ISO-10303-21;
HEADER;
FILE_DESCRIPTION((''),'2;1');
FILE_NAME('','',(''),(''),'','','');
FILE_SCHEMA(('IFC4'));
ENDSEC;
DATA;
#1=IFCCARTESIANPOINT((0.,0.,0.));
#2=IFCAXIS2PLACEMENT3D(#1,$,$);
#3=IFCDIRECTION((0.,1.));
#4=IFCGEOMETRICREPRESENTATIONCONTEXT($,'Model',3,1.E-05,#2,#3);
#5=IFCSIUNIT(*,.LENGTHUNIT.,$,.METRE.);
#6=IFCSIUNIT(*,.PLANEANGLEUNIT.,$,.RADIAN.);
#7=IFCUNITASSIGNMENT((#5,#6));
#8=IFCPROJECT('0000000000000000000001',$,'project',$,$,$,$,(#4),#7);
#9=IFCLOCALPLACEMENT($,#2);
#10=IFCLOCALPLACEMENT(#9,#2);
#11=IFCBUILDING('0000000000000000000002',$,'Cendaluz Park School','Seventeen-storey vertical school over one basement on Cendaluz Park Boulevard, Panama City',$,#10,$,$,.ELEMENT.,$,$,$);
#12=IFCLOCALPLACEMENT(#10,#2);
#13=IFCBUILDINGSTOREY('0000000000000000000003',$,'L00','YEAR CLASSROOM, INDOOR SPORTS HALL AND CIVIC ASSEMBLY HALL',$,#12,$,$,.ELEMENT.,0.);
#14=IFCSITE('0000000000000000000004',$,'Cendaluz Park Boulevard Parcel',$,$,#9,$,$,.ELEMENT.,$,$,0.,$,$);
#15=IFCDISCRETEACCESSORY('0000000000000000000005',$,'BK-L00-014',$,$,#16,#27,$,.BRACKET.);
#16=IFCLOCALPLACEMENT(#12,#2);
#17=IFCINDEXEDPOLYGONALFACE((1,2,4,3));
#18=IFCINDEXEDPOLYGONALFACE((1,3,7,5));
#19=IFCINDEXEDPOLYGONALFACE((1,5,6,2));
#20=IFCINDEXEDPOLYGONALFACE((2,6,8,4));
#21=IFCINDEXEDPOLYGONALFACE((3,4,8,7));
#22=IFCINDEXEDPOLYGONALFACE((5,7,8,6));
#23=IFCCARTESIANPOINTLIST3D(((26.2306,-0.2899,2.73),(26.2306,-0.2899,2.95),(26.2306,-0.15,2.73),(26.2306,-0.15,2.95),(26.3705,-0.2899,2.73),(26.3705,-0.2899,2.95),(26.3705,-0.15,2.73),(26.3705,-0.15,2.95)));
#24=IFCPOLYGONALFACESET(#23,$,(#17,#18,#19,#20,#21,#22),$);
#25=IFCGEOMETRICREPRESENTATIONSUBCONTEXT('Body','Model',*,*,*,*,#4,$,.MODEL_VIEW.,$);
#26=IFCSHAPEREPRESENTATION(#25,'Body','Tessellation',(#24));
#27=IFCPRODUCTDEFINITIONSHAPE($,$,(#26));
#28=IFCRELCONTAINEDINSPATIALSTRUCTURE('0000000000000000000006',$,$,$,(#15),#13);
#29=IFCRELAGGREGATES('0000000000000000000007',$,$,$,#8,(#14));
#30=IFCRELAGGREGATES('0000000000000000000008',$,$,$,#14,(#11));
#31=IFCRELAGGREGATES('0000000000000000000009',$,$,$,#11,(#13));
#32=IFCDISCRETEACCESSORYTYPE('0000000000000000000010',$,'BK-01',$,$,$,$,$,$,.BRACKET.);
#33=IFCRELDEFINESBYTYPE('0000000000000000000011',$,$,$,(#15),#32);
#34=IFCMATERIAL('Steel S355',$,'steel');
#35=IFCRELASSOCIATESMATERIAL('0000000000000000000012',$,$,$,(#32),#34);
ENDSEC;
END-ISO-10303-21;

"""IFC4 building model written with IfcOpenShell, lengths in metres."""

from ifc_helpers import new_model, si_unit, direction, frame, origin, origin_2d, place, context, subcontext, project, spatial, rectangle, extrude, material, type_object, element, save


model = new_model("IFC4")

# Units and contexts
model_context = context("Model", 3, precision=1e-05, world=origin(), true_north=direction((0.0, 1.0)))
body_context = subcontext(model_context, "Body", "Model", "MODEL_VIEW")
ifc_project = project(units=[si_unit("LENGTHUNIT", "METRE"), si_unit("PLANEANGLEUNIT", "RADIAN")], contexts=[model_context])

# Site, building, storey
site_placement = place(None, origin())
site = spatial("IfcSite", under=ifc_project, at=site_placement, Name="Cendaluz Park Boulevard Parcel", CompositionType="ELEMENT", RefElevation=0.0)
building_placement = place(site_placement, origin())
building = spatial("IfcBuilding", under=site, at=building_placement, Name="Cendaluz Park School", Description="Seventeen-storey vertical school over one basement on Cendaluz Park Boulevard, Panama City", CompositionType="ELEMENT")
storey_placement = place(building_placement, origin())
storey = spatial("IfcBuildingStorey", under=building, at=storey_placement, Name="L00", Description="YEAR CLASSROOM, INDOOR SPORTS HALL AND CIVIC ASSEMBLY HALL", CompositionType="ELEMENT", Elevation=0.0)

# Shared definitions
ifc_material_1 = material(Name="Steel S355", Category="steel")

# Discrete accessory
discrete_accessory_type = type_object("IfcDiscreteAccessoryType", Name="BK-01", PredefinedType="BRACKET", material=ifc_material_1)
for number, where, z_axis, x_axis, name in (
    (1, (26.3005, -0.22, 2.73), (0.0, 0.0, 1.0), (1.0, 0.0, 0.0), "BK-L00-014"),
):
    element("IfcDiscreteAccessory", number, at=place(storey_placement, frame(where, z_axis=z_axis, x_axis=x_axis)), inside=storey, type_object=discrete_accessory_type, Name=name, PredefinedType="BRACKET", context=body_context, shape_type="SweptSolid", body=[
        extrude(rectangle(XDim=0.1399, YDim=0.1399, at=origin_2d()), origin(), (0.0, 0.0, 1.0), 0.22),
    ])

save(model, "model.ifc")
